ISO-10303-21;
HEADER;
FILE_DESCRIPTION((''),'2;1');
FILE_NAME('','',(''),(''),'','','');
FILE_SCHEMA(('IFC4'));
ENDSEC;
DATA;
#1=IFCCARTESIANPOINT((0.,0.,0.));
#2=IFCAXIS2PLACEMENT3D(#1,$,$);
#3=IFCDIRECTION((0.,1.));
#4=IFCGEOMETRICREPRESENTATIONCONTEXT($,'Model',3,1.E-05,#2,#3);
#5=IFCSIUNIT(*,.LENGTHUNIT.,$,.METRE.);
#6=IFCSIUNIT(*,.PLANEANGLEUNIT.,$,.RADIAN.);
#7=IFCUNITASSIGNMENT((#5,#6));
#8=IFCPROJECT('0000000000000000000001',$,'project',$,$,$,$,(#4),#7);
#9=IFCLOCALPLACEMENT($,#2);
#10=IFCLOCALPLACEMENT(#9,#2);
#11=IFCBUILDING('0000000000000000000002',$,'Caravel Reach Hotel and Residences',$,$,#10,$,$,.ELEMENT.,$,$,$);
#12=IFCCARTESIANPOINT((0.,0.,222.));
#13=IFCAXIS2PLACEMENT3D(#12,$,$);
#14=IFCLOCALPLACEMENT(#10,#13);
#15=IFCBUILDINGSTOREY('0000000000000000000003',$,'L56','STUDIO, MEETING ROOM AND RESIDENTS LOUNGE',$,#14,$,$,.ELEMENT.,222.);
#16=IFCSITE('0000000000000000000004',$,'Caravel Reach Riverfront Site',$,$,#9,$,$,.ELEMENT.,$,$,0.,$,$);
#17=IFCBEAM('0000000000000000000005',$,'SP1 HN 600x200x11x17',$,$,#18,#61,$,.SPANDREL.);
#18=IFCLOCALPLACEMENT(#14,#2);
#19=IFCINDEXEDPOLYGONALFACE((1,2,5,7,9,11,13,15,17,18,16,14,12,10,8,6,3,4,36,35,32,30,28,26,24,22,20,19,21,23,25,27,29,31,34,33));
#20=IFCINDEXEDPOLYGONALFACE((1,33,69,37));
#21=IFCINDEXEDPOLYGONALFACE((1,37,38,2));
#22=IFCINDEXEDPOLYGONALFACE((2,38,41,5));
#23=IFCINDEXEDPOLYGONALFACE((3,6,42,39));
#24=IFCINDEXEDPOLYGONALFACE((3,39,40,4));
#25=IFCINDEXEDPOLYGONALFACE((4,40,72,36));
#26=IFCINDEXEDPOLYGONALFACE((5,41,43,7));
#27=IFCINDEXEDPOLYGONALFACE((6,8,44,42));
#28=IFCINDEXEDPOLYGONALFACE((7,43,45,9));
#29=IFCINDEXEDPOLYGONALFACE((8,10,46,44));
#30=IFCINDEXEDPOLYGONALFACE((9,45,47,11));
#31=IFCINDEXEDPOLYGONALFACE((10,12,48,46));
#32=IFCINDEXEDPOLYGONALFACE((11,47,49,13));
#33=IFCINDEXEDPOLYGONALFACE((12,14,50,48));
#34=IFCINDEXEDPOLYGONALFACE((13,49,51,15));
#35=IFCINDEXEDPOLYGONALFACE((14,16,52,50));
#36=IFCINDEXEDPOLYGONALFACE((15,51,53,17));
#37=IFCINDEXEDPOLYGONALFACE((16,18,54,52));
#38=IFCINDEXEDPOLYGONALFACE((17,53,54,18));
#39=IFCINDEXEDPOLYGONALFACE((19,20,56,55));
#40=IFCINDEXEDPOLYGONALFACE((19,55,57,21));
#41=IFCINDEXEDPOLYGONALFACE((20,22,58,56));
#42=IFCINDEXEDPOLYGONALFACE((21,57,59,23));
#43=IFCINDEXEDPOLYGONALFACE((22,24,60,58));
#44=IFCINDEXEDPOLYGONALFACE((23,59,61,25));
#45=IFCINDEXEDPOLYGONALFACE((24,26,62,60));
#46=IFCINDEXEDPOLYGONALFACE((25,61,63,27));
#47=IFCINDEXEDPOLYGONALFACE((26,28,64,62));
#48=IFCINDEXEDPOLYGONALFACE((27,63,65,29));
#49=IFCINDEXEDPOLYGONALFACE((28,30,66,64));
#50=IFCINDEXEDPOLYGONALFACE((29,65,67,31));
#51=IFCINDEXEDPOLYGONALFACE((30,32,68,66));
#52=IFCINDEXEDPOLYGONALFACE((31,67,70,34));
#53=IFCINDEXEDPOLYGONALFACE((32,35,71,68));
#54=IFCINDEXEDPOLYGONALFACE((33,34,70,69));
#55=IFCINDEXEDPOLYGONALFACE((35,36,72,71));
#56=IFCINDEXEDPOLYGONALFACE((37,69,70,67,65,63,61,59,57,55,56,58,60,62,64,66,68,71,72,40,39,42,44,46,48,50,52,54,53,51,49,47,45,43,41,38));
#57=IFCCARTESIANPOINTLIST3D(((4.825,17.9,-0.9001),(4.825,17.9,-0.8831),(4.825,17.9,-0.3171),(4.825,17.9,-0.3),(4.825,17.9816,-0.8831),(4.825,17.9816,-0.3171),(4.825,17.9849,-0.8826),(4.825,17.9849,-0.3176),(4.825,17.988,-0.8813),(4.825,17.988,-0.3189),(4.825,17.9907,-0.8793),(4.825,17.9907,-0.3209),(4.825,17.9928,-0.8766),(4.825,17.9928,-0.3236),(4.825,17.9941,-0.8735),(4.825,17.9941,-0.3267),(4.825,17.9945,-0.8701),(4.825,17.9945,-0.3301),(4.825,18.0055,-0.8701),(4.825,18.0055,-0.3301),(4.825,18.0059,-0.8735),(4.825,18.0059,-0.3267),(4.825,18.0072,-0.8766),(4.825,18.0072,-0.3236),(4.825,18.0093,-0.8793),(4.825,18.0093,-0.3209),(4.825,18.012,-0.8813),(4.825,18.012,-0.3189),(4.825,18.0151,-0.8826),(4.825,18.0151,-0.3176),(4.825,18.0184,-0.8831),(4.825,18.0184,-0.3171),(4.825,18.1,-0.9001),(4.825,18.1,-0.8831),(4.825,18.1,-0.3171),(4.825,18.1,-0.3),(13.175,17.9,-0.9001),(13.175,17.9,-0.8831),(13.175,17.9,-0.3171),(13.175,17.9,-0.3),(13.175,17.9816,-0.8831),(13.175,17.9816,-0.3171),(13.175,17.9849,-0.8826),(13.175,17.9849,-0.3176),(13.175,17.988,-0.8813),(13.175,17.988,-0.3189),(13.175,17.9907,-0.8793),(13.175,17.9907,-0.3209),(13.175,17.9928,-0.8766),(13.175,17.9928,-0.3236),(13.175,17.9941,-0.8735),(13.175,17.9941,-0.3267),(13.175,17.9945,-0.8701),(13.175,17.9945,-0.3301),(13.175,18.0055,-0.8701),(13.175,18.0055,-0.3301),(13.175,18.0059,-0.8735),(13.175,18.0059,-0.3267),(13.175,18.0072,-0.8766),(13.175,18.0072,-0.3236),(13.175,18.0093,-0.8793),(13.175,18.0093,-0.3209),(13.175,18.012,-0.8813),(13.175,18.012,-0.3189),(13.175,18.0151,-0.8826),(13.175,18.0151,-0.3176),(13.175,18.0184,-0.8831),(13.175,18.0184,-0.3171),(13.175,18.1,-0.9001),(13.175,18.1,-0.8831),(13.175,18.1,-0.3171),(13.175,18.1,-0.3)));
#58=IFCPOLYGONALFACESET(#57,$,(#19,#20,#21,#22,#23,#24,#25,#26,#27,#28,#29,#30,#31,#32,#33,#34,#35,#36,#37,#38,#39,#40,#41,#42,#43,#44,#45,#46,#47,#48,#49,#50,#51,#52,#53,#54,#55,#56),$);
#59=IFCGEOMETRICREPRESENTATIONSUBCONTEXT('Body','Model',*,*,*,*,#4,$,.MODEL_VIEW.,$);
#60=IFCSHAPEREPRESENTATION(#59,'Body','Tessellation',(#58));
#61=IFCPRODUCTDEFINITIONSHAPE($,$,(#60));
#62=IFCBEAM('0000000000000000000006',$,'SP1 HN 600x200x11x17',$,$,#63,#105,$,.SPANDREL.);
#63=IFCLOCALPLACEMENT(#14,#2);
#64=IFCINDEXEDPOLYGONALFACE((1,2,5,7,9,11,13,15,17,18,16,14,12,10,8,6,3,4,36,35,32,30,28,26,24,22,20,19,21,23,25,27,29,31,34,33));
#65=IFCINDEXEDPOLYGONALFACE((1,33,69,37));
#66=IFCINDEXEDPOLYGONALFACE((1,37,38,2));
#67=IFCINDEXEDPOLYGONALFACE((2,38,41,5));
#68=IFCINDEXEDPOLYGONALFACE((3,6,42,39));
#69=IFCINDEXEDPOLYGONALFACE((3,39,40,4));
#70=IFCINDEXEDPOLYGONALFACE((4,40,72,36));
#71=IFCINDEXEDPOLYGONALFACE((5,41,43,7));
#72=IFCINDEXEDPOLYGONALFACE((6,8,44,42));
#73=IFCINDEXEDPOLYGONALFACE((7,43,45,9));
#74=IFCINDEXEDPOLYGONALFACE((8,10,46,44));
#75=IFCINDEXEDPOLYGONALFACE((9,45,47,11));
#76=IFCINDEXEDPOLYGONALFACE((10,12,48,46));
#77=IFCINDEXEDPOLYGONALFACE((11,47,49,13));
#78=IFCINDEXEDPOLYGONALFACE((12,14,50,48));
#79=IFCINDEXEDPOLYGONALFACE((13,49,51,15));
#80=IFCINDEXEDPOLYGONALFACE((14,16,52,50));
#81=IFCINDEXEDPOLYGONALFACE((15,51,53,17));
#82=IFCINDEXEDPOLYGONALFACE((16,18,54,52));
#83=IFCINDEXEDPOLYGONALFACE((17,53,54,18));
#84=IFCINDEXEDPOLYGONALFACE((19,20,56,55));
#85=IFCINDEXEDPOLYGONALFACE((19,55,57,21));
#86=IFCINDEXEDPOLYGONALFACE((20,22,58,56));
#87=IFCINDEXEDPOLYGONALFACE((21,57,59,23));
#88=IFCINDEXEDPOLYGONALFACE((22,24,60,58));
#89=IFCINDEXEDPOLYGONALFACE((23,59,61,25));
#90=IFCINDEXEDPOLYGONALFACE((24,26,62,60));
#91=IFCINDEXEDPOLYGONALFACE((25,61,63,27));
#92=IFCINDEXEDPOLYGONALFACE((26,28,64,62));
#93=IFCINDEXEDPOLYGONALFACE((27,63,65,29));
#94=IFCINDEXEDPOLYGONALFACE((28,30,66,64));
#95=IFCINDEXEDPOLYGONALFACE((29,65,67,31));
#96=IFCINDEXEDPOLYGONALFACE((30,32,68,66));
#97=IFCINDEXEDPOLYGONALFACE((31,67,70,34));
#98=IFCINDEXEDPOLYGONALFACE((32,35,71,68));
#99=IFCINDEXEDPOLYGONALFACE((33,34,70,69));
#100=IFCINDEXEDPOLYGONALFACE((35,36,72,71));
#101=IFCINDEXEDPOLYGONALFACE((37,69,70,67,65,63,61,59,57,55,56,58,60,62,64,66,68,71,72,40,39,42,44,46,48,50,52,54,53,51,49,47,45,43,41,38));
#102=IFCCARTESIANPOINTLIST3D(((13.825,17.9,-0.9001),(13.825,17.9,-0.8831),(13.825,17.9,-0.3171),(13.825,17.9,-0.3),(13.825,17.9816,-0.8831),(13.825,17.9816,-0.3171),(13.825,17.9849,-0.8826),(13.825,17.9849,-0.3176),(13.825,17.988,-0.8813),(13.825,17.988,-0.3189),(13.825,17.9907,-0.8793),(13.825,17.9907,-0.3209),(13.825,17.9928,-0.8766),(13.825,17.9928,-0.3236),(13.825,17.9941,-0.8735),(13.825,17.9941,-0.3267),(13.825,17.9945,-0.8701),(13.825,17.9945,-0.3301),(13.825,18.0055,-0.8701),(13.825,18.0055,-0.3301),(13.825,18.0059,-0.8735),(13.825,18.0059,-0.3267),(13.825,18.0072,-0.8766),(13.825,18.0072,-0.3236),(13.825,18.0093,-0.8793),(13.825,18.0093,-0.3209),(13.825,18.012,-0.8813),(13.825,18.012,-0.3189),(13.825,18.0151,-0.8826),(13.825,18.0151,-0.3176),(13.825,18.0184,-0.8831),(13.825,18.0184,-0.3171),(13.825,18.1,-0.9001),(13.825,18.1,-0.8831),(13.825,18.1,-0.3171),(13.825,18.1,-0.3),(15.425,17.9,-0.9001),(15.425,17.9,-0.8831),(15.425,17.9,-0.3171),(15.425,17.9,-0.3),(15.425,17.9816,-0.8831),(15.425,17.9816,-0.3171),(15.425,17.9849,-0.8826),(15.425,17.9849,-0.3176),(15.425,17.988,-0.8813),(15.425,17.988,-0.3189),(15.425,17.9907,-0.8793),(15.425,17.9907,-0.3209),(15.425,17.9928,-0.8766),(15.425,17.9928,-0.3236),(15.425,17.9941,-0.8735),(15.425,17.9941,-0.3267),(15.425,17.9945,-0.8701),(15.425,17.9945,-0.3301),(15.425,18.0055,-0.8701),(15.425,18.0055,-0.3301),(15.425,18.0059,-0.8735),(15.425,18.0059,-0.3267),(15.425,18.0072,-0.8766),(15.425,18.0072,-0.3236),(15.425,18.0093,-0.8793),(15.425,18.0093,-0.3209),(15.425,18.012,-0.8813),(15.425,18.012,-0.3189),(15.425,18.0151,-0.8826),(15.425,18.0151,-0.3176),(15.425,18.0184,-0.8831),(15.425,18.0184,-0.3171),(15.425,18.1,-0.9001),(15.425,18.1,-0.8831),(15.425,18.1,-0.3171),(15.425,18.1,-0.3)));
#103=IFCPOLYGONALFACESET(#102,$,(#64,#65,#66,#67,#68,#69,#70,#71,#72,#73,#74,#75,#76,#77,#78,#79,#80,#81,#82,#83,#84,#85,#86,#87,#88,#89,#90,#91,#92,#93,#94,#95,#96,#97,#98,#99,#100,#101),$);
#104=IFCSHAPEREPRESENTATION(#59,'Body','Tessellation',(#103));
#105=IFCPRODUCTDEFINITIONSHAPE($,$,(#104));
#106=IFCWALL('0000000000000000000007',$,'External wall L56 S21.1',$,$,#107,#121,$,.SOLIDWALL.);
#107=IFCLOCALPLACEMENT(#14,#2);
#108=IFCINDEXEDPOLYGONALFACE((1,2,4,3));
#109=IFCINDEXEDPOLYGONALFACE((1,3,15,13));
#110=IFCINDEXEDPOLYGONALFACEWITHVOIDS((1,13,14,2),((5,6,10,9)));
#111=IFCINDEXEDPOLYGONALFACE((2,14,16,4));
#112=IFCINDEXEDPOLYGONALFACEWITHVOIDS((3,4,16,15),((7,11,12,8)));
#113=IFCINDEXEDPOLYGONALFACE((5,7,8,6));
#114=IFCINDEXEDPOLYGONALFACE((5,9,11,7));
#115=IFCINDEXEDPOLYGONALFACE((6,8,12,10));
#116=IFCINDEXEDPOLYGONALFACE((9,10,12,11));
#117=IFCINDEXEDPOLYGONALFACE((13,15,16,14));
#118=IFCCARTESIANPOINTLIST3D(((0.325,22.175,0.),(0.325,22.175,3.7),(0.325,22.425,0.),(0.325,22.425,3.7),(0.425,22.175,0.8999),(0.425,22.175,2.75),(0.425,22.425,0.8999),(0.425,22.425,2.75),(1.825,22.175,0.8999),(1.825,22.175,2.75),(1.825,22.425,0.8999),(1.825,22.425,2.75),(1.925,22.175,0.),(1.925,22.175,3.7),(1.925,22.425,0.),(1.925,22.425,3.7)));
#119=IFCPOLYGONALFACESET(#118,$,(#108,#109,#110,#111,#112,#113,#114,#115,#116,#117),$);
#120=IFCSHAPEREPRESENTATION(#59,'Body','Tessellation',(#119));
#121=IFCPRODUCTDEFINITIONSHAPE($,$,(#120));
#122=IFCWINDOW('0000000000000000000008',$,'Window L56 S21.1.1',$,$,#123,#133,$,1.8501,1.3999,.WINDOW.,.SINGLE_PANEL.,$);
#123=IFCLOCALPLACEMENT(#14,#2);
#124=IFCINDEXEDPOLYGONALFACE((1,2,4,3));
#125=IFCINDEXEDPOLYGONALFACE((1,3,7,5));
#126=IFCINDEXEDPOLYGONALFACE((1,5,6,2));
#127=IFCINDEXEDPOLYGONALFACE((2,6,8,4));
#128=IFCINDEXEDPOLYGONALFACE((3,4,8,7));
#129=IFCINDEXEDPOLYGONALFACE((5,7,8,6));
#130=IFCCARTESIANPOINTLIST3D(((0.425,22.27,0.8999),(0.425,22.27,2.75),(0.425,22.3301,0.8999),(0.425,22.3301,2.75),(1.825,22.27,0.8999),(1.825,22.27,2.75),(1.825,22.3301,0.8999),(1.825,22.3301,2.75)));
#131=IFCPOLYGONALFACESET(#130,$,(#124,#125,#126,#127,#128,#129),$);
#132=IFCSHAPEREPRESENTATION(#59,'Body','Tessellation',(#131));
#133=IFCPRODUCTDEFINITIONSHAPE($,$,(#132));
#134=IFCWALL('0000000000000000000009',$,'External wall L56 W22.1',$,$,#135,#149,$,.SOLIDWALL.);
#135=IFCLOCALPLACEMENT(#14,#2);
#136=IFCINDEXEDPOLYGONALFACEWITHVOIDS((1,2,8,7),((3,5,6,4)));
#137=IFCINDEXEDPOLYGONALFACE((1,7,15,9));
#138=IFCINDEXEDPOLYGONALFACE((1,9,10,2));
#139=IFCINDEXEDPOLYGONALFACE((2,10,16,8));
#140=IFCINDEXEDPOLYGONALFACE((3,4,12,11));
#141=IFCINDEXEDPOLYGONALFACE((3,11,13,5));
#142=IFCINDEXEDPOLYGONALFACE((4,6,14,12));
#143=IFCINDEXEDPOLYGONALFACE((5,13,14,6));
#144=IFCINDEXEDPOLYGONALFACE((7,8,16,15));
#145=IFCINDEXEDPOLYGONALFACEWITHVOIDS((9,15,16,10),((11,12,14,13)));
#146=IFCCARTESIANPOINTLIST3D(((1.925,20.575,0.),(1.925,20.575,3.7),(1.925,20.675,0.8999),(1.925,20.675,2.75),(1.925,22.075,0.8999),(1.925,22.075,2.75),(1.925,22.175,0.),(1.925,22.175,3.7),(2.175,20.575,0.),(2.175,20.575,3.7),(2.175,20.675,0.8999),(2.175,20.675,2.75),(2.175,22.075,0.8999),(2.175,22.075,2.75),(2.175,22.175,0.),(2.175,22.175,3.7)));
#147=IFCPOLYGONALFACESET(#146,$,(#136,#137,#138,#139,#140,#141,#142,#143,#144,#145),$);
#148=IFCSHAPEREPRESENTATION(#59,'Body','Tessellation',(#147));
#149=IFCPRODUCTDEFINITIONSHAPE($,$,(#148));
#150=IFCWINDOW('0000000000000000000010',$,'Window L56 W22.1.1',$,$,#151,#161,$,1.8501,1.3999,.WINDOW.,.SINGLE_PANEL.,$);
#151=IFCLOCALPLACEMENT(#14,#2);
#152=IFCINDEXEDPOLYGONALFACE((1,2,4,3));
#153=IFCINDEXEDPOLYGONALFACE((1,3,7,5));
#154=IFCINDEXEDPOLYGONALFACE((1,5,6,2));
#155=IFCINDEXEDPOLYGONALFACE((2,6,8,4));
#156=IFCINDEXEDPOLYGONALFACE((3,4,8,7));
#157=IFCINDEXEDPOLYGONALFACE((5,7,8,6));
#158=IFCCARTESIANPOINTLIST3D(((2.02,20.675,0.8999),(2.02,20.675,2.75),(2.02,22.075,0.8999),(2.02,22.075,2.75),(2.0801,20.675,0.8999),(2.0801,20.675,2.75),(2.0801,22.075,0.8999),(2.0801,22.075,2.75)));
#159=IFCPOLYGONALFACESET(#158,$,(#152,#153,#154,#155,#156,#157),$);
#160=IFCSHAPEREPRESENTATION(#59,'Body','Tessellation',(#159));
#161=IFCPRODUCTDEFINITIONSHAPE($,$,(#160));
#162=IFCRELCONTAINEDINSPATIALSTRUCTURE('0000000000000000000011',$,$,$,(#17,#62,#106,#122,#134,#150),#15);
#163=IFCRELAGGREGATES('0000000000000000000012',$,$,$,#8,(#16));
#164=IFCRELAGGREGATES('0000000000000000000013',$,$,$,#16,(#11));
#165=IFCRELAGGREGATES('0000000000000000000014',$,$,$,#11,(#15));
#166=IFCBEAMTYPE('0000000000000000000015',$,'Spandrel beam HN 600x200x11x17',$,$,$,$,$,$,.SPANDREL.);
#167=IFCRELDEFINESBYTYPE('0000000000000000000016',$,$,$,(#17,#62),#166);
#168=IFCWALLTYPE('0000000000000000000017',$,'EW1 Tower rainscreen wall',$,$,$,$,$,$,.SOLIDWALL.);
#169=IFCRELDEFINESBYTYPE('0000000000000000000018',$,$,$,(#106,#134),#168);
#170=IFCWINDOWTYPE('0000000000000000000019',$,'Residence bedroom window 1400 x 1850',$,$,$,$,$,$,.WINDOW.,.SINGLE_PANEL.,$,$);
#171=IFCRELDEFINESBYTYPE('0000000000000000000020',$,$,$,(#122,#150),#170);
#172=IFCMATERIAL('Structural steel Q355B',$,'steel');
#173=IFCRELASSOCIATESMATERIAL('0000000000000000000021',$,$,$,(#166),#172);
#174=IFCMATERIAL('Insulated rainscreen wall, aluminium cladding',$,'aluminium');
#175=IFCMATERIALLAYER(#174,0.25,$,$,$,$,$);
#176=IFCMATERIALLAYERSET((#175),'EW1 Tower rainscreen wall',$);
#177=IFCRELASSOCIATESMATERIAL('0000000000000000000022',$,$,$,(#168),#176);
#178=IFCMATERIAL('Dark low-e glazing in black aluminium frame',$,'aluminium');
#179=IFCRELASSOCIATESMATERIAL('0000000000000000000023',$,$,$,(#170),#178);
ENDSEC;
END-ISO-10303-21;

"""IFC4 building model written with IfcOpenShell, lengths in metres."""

from ifc_helpers import new_model, si_unit, direction, frame, frame_2d, origin, origin_2d, place, context, subcontext, project, spatial, rectangle, i_section, extrude, material, layer, layer_set, material_profile, profile_set, type_object, element, fill, save


model = new_model("IFC4")

# Units and contexts
model_context = context("Model", 3, precision=1e-05, world=origin(), true_north=direction((0.0, 1.0)))
body_context = subcontext(model_context, "Body", "Model", "MODEL_VIEW")
ifc_project = project(units=[si_unit("LENGTHUNIT", "METRE"), si_unit("PLANEANGLEUNIT", "RADIAN")], contexts=[model_context])

# Site, building, storey
site_placement = place(None, origin())
site = spatial("IfcSite", under=ifc_project, at=site_placement, Name="Caravel Reach Riverfront Site", CompositionType="ELEMENT", RefElevation=0.0)
building_placement = place(site_placement, origin())
building = spatial("IfcBuilding", under=site, at=building_placement, Name="Caravel Reach Hotel and Residences", CompositionType="ELEMENT")
storey_placement = place(building_placement, frame((0.0, 0.0, 222.0)))
storey = spatial("IfcBuildingStorey", under=building, at=storey_placement, Name="L56", Description="STUDIO, MEETING ROOM AND RESIDENTS LOUNGE", CompositionType="ELEMENT", Elevation=222.0)

# Beams
ifc_material_1 = material(Name="Structural steel Q355B", Category="steel")
ifc_material_profile_1 = material_profile(ifc_material_1, i_section(OverallWidth=0.2, OverallDepth=0.6001, WebThickness=0.011, FlangeThickness=0.0171, FilletRadius=0.0129, at=origin_2d()), Name="HN 600x200x11x17")
ifc_profile_set_1 = profile_set([ifc_material_profile_1], Name="Structural steel Q355B")
beam_type_1 = type_object("IfcBeamType", Name="Spandrel beam HN 600x200x11x17", PredefinedType="SPANDREL", material=ifc_profile_set_1)
beam_1_placement = place(storey_placement, frame((4.825, 18.0, -0.6001), z_axis=(1.0, 0.0, 0.0), x_axis=(0.0, 1.0, 0.0)))
element("IfcBeam", 1, at=beam_1_placement, inside=storey, type_object=beam_type_1, Name="SP1 HN 600x200x11x17", PredefinedType="SPANDREL", context=body_context, shape_type="SweptSolid", body=[
    extrude(i_section(OverallWidth=0.2, OverallDepth=0.6001, WebThickness=0.011, FlangeThickness=0.0171, FilletRadius=0.0129, at=origin_2d()), origin(), (0.0, 0.0, 1.0), 8.3501),
])
beam_2_placement = place(storey_placement, frame((13.825, 18.0, -0.6001), z_axis=(1.0, 0.0, 0.0), x_axis=(0.0, 1.0, 0.0)))
element("IfcBeam", 2, at=beam_2_placement, inside=storey, type_object=beam_type_1, Name="SP1 HN 600x200x11x17", PredefinedType="SPANDREL", context=body_context, shape_type="SweptSolid", body=[
    extrude(i_section(OverallWidth=0.2, OverallDepth=0.6001, WebThickness=0.011, FlangeThickness=0.0171, FilletRadius=0.0129, at=origin_2d()), origin(), (0.0, 0.0, 1.0), 1.6001),
])

# Walls, openings, windows
ifc_material_2 = material(Name="Insulated rainscreen wall, aluminium cladding", Category="aluminium")
ifc_layer_1 = layer(ifc_material_2, 0.25)
ifc_layer_set_1 = layer_set([ifc_layer_1], Name="EW1 Tower rainscreen wall")
wall_type_1 = type_object("IfcWallType", Name="EW1 Tower rainscreen wall", PredefinedType="SOLIDWALL", material=ifc_layer_set_1)
wall_1_placement = place(storey_placement, frame((0.325, 22.3, 0.0), z_axis=(0.0, 0.0, 1.0), x_axis=(1.0, 0.0, 0.0)))
wall_1 = element("IfcWall", 3, at=wall_1_placement, inside=storey, type_object=wall_type_1, Name="External wall L56 S21.1", PredefinedType="SOLIDWALL", context=body_context, shape_type="SweptSolid", body=[
    extrude(rectangle(XDim=1.6001, YDim=0.25, at=frame_2d((0.8, 0.0))), origin(), (0.0, 0.0, 1.0), 3.7),
])
opening_1_placement = place(wall_1_placement, frame((0.1001, 0.0, 0.8999)))
opening_1 = element("IfcOpeningElement", 4, at=opening_1_placement, cuts=wall_1, PredefinedType="OPENING", context=body_context, shape_type="SweptSolid", body=[
    extrude(rectangle(XDim=1.3999, YDim=1.8501, at=frame_2d((0.7, 0.925))), frame((0.0, 0.135, 0.0), z_axis=(0.0, -1.0, 0.0), x_axis=(1.0, 0.0, 0.0)), (0.0, 0.0, 1.0), 0.27),
])
ifc_material_3 = material(Name="Dark low-e glazing in black aluminium frame", Category="aluminium")
window_type = type_object("IfcWindowType", Name="Residence bedroom window 1400 x 1850", PartitioningType="SINGLE_PANEL", PredefinedType="WINDOW", material=ifc_material_3)
window_1_placement = place(opening_1_placement, origin())
window_1 = element("IfcWindow", 5, at=window_1_placement, inside=storey, type_object=window_type, Name="Window L56 S21.1.1", OverallHeight=1.8501, OverallWidth=1.3999, PartitioningType="SINGLE_PANEL", PredefinedType="WINDOW", context=body_context, shape_type="SweptSolid", body=[
    extrude(rectangle(XDim=1.3999, YDim=1.8501, at=frame_2d((0.7, 0.925))), frame((0.0, 0.03, 0.0), z_axis=(0.0, -1.0, 0.0), x_axis=(1.0, 0.0, 0.0)), (0.0, 0.0, 1.0), 0.0601),
])
fill(opening_1, window_1)
wall_2_placement = place(storey_placement, frame((2.05, 22.175, 0.0), z_axis=(0.0, 0.0, 1.0), x_axis=(0.0, -1.0, 0.0)))
wall_2 = element("IfcWall", 6, at=wall_2_placement, inside=storey, type_object=wall_type_1, Name="External wall L56 W22.1", PredefinedType="SOLIDWALL", context=body_context, shape_type="SweptSolid", body=[
    extrude(rectangle(XDim=1.6001, YDim=0.25, at=frame_2d((0.8, 0.0))), origin(), (0.0, 0.0, 1.0), 3.7),
])
opening_2_placement = place(wall_2_placement, frame((0.1001, 0.0, 0.8999)))
opening_2 = element("IfcOpeningElement", 7, at=opening_2_placement, cuts=wall_2, PredefinedType="OPENING", context=body_context, shape_type="SweptSolid", body=[
    extrude(rectangle(XDim=1.3999, YDim=1.8501, at=frame_2d((0.7, 0.925))), frame((0.0, 0.135, 0.0), z_axis=(0.0, -1.0, 0.0), x_axis=(1.0, 0.0, 0.0)), (0.0, 0.0, 1.0), 0.27),
])
window_2_placement = place(opening_2_placement, origin())
window_2 = element("IfcWindow", 8, at=window_2_placement, inside=storey, type_object=window_type, Name="Window L56 W22.1.1", OverallHeight=1.8501, OverallWidth=1.3999, PartitioningType="SINGLE_PANEL", PredefinedType="WINDOW", context=body_context, shape_type="SweptSolid", body=[
    extrude(rectangle(XDim=1.3999, YDim=1.8501, at=frame_2d((0.7, 0.925))), frame((0.0, 0.03, 0.0), z_axis=(0.0, -1.0, 0.0), x_axis=(1.0, 0.0, 0.0)), (0.0, 0.0, 1.0), 0.0601),
])
fill(opening_2, window_2)

save(model, "model.ifc")
